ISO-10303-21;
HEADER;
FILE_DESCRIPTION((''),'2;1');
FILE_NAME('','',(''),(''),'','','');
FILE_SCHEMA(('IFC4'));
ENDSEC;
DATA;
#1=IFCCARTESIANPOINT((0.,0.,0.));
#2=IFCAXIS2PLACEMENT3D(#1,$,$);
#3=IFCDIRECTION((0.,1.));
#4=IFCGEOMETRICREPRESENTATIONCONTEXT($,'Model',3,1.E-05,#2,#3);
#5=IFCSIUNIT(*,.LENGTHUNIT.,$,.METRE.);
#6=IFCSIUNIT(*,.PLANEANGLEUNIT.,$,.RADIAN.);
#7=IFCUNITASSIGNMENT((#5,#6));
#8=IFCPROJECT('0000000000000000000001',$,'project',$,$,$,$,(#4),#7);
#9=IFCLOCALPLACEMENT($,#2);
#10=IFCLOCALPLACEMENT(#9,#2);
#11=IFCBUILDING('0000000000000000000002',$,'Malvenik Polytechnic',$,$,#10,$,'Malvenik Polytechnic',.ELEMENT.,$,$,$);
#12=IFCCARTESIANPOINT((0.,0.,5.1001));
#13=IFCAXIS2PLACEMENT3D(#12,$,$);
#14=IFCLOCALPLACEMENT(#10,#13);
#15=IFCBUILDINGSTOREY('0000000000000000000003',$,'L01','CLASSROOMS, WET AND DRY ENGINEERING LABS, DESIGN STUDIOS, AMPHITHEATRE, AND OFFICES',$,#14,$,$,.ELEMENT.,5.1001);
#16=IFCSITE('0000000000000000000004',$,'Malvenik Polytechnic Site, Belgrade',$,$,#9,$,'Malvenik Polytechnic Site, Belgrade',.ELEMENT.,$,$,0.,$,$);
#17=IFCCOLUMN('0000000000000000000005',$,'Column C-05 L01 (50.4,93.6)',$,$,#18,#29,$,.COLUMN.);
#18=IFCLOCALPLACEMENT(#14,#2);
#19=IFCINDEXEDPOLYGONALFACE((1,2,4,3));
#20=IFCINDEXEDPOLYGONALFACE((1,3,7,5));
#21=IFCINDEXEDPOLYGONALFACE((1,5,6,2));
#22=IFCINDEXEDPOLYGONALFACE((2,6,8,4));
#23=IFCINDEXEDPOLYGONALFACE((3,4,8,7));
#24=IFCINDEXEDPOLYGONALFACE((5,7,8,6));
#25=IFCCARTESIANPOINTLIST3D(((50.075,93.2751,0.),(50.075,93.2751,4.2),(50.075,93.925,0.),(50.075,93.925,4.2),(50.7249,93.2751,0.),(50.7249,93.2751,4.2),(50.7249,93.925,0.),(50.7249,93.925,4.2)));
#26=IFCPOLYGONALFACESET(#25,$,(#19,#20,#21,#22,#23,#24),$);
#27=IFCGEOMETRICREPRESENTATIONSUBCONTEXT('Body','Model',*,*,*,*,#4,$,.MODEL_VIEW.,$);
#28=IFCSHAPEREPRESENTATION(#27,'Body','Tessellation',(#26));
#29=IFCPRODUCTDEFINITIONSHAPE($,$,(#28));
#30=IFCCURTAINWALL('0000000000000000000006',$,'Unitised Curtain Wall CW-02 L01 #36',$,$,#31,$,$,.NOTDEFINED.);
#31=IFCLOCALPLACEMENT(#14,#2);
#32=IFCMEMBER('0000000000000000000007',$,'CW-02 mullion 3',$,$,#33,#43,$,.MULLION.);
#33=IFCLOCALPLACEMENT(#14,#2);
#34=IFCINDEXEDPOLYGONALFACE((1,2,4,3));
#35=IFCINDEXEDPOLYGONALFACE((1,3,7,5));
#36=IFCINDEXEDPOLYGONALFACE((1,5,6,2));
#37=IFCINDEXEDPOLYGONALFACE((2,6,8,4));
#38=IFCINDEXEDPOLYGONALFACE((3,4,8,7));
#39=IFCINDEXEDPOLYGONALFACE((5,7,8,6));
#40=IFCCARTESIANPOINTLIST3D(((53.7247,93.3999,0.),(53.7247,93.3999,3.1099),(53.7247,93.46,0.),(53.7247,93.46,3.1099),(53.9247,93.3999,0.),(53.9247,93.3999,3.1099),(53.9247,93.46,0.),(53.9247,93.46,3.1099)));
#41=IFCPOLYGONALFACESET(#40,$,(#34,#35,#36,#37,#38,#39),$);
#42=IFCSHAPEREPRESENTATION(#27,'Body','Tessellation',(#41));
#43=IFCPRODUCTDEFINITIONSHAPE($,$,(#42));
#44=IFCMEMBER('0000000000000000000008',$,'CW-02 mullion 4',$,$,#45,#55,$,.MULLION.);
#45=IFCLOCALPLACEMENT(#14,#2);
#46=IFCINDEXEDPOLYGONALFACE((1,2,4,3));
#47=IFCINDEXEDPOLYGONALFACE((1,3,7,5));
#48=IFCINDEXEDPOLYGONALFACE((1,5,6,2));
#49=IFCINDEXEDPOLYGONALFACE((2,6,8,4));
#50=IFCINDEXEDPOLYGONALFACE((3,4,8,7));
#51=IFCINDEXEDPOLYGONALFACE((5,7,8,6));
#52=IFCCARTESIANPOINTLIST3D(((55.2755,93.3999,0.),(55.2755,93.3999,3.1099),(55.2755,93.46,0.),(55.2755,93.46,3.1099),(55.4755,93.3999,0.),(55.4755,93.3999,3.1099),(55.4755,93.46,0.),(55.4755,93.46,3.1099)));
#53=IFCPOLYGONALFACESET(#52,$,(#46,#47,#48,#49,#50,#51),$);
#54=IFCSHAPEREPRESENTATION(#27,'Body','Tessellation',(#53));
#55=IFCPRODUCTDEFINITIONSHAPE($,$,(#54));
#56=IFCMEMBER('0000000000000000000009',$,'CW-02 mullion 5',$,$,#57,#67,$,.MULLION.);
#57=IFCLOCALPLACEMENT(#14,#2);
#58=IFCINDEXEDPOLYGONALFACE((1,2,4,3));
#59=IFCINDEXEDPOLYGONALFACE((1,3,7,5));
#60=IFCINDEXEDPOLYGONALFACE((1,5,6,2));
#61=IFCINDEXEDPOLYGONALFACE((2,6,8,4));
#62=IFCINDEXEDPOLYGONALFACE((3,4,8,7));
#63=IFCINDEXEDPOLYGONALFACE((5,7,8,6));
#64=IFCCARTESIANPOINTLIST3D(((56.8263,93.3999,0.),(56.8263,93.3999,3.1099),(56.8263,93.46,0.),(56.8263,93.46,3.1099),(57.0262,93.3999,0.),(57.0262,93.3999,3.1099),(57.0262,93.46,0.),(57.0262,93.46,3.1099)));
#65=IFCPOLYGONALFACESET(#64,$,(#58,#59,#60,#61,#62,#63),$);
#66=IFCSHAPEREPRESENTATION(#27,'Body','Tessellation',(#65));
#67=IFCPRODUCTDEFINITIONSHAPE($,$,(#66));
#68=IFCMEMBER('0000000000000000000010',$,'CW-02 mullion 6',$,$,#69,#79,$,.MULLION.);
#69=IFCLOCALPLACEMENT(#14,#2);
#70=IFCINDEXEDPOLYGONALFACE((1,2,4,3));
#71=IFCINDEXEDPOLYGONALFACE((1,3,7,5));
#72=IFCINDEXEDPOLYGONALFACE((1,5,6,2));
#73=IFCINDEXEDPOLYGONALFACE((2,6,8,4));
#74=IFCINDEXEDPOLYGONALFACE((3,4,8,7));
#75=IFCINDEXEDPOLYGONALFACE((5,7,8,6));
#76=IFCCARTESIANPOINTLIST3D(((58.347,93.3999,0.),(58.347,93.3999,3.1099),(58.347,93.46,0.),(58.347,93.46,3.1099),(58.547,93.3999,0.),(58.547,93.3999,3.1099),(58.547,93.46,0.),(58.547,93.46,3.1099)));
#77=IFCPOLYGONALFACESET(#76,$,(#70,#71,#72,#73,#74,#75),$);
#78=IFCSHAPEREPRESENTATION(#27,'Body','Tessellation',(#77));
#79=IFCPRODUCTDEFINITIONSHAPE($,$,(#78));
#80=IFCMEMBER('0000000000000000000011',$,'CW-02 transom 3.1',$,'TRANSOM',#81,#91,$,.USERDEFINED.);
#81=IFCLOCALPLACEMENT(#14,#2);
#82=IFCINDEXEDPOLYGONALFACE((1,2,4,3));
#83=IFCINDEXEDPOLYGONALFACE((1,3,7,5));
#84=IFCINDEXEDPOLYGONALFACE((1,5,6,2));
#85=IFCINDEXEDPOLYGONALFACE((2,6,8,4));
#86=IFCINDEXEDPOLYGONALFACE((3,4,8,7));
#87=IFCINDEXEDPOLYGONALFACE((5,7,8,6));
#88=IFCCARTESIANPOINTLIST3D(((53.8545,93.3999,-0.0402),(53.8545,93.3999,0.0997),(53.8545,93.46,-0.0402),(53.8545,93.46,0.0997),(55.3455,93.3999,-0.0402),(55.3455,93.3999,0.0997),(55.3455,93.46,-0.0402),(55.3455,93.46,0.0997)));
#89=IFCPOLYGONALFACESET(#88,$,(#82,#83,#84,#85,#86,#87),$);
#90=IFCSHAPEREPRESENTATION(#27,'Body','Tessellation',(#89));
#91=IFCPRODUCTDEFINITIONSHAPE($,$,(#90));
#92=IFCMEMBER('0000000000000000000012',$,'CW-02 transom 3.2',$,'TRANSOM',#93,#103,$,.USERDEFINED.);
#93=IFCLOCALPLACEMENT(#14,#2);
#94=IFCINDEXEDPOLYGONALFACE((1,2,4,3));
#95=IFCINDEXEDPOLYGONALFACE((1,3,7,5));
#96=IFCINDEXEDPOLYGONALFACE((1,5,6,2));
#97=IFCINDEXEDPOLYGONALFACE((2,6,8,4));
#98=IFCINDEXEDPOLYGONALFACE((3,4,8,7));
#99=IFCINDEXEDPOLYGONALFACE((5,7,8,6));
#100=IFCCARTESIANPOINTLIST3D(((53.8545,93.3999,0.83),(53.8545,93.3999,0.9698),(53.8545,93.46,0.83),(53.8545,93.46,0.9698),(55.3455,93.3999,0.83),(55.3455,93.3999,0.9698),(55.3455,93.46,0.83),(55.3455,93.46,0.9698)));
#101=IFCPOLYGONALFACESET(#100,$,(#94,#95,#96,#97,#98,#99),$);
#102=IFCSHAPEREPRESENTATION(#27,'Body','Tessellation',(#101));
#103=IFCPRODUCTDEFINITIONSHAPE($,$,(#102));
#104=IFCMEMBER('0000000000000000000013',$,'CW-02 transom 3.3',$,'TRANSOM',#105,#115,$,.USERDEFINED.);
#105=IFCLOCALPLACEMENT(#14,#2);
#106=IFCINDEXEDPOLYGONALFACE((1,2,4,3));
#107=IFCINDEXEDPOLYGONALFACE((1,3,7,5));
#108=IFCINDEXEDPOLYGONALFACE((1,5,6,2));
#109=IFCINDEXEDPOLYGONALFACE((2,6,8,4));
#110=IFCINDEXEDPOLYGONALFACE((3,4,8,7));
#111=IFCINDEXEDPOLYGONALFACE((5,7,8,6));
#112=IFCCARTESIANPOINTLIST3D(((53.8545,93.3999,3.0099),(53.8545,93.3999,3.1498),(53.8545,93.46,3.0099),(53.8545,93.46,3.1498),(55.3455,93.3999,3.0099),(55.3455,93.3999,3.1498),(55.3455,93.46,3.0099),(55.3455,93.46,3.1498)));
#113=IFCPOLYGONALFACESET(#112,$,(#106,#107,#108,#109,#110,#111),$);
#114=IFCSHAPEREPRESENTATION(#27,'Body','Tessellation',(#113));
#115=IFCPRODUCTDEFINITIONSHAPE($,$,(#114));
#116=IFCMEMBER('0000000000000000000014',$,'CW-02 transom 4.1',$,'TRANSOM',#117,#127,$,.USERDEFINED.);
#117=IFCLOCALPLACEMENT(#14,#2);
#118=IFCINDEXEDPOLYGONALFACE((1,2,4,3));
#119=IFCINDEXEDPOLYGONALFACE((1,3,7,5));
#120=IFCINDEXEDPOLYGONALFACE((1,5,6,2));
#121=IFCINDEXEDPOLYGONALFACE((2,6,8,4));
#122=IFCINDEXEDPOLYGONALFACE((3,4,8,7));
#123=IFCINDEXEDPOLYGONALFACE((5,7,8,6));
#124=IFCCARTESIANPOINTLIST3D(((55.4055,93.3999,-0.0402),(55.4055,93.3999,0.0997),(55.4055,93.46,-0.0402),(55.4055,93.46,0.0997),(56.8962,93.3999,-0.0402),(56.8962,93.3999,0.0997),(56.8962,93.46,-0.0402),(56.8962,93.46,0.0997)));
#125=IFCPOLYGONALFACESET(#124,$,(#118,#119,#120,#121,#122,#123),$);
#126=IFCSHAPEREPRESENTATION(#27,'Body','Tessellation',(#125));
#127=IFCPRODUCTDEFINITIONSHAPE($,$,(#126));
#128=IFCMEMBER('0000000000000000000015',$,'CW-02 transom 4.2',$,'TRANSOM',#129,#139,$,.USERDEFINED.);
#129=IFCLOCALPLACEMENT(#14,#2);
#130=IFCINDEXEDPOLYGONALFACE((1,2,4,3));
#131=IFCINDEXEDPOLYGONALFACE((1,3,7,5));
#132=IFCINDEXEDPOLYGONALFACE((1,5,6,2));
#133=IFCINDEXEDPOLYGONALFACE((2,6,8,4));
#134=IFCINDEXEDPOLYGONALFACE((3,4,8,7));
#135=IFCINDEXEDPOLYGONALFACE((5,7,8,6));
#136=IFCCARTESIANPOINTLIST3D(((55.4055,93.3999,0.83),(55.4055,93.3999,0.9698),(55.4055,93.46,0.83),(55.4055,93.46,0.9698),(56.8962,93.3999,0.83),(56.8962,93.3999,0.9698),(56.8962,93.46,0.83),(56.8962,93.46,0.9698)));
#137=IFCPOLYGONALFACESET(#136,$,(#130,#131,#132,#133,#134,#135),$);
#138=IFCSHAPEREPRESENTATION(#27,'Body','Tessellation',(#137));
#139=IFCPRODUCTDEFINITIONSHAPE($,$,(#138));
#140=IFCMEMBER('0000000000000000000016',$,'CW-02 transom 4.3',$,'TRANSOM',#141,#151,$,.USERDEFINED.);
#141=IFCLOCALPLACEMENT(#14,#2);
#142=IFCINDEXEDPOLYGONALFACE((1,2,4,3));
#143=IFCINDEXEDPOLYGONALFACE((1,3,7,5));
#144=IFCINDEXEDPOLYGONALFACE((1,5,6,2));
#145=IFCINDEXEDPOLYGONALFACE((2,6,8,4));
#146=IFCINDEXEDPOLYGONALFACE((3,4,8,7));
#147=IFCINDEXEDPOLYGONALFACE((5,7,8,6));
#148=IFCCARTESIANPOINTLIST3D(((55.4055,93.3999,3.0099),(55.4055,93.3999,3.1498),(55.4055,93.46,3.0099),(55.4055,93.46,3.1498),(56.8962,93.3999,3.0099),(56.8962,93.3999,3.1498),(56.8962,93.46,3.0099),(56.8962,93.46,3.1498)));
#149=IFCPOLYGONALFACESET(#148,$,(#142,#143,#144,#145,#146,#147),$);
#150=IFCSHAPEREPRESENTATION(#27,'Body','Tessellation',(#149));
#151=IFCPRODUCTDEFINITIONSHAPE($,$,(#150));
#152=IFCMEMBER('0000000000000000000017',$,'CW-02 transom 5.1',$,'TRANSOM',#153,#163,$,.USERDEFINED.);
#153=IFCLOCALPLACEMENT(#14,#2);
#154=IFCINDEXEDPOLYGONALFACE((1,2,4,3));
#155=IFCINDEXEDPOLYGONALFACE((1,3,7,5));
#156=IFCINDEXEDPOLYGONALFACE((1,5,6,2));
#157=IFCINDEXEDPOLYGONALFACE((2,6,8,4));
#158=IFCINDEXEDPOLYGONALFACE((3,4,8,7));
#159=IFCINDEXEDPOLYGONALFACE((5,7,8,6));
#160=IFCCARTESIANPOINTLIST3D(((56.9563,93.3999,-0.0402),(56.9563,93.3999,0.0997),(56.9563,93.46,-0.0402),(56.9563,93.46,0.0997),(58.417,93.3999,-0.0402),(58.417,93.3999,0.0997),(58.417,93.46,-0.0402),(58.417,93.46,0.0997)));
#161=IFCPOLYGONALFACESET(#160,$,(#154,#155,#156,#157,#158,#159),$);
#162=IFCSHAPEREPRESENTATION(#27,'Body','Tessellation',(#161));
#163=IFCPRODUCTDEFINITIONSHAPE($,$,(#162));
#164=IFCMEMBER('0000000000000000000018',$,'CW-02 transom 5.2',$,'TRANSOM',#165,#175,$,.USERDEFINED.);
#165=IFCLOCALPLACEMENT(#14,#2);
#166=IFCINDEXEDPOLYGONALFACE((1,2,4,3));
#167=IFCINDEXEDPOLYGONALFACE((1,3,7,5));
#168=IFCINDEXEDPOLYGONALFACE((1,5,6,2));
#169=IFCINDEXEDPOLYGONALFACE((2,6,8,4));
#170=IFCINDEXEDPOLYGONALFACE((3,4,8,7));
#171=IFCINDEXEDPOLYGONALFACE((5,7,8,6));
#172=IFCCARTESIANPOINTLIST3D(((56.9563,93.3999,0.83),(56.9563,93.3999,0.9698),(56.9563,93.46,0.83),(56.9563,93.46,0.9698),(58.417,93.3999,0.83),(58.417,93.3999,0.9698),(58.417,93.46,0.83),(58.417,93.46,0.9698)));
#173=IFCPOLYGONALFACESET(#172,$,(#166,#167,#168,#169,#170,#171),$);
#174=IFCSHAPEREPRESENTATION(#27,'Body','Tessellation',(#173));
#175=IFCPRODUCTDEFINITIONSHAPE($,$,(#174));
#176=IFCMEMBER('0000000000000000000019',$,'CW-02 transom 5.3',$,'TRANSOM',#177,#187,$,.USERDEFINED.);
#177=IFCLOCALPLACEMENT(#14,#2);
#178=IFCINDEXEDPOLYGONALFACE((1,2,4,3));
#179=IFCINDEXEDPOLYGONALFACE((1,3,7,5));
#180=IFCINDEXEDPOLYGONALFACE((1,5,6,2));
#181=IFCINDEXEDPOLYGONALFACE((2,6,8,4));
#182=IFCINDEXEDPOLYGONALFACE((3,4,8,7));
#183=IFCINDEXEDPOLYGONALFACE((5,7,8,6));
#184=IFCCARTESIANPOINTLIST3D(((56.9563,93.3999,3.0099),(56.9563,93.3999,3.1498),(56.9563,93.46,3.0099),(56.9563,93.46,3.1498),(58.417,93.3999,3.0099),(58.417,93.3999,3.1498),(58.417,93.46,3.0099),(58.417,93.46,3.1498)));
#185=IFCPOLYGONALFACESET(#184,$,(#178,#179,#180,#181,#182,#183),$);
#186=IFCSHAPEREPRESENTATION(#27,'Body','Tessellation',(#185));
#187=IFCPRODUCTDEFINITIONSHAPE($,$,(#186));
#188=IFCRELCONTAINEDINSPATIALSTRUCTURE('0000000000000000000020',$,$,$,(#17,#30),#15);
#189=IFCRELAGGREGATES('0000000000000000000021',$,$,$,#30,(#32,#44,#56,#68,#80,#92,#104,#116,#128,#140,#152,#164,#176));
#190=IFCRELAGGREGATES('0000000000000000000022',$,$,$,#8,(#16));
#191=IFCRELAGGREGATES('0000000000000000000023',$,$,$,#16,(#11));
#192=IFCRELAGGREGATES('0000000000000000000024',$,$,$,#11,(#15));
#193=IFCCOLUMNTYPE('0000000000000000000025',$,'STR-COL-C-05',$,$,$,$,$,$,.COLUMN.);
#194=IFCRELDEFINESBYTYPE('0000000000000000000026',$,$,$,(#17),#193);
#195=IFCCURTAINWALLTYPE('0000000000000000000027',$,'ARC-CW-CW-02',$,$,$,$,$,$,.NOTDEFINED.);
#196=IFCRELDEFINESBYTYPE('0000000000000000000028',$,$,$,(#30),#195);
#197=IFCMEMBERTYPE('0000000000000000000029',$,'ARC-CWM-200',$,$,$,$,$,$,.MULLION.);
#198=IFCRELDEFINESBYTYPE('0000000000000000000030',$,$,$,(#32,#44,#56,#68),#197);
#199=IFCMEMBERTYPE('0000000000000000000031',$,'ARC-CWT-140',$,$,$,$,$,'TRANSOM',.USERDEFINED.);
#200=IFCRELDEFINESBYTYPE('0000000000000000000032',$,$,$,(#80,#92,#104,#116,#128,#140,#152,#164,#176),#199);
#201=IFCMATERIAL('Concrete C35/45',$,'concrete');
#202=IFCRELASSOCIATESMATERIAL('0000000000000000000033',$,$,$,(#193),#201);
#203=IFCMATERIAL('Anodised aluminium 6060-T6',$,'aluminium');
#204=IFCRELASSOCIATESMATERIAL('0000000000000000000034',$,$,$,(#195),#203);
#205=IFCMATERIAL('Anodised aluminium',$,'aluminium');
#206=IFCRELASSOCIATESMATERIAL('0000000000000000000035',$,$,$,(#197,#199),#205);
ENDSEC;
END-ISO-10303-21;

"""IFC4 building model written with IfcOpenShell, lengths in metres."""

from ifc_helpers import new_model, si_unit, direction, frame, origin, origin_2d, place, context, subcontext, project, spatial, rectangle, extrude, material, material_profile, profile_set, type_object, element, aggregate, save


model = new_model("IFC4")

# Units and contexts
model_context = context("Model", 3, precision=1e-05, world=origin(), true_north=direction((0.0, 1.0)))
body_context = subcontext(model_context, "Body", "Model", "MODEL_VIEW")
ifc_project = project(units=[si_unit("LENGTHUNIT", "METRE"), si_unit("PLANEANGLEUNIT", "RADIAN")], contexts=[model_context])

# Site, building, storey
site_placement = place(None, origin())
site = spatial("IfcSite", under=ifc_project, at=site_placement, Name="Malvenik Polytechnic Site, Belgrade", LongName="Malvenik Polytechnic Site, Belgrade", CompositionType="ELEMENT", RefElevation=0.0)
building_placement = place(site_placement, origin())
building = spatial("IfcBuilding", under=site, at=building_placement, Name="Malvenik Polytechnic", LongName="Malvenik Polytechnic", CompositionType="ELEMENT")
storey_placement = place(building_placement, frame((0.0, 0.0, 5.1001)))
storey = spatial("IfcBuildingStorey", under=building, at=storey_placement, Name="L01", Description="CLASSROOMS, WET AND DRY ENGINEERING LABS, DESIGN STUDIOS, AMPHITHEATRE, AND OFFICES", CompositionType="ELEMENT", Elevation=5.1001)

# Column
ifc_material_1 = material(Name="Concrete C35/45", Category="concrete")
ifc_material_profile_1 = material_profile(ifc_material_1, rectangle(XDim=0.6499, YDim=0.6499, at=origin_2d()), Name="RC COL 650x650")
ifc_profile_set_1 = profile_set([ifc_material_profile_1], Name="Concrete C35/45")
column_type = type_object("IfcColumnType", Name="STR-COL-C-05", PredefinedType="COLUMN", material=ifc_profile_set_1)
column_placement = place(storey_placement, frame((50.3999, 93.6001, 0.0), z_axis=(0.0, 0.0, 1.0), x_axis=(1.0, 0.0, 0.0)))
element("IfcColumn", 1, at=column_placement, inside=storey, type_object=column_type, Name="Column C-05 L01 (50.4,93.6)", PredefinedType="COLUMN", context=body_context, shape_type="SweptSolid", body=[
    extrude(rectangle(XDim=0.6499, YDim=0.6499, at=origin_2d()), origin(), (0.0, 0.0, 1.0), 4.2),
])

# Curtain wall, members
ifc_material_2 = material(Name="Anodised aluminium 6060-T6", Category="aluminium")
curtain_wall_type = type_object("IfcCurtainWallType", Name="ARC-CW-CW-02", PredefinedType="NOTDEFINED", material=ifc_material_2)
curtain_wall_placement = place(storey_placement, origin())
curtain_wall = element("IfcCurtainWall", 2, at=curtain_wall_placement, inside=storey, type_object=curtain_wall_type, Name="Unitised Curtain Wall CW-02 L01 #36", PredefinedType="NOTDEFINED")
ifc_material_3 = material(Name="Anodised aluminium", Category="aluminium")
ifc_material_profile_2 = material_profile(ifc_material_3, rectangle(XDim=0.0601, YDim=0.2, at=origin_2d()), Name="ALU MULLION 60x200")
ifc_profile_set_2 = profile_set([ifc_material_profile_2], Name="Anodised aluminium")
member_type_1 = type_object("IfcMemberType", Name="ARC-CWM-200", PredefinedType="MULLION", material=ifc_profile_set_2)
member_1_placement = place(storey_placement, frame((53.8247, 93.4299, 0.0), z_axis=(0.0, 0.0, 1.0), x_axis=(0.0, 1.0, 0.0)))
member_1 = element("IfcMember", 3, at=member_1_placement, type_object=member_type_1, Name="CW-02 mullion 3", PredefinedType="MULLION", context=body_context, shape_type="SweptSolid", body=[
    extrude(rectangle(XDim=0.0601, YDim=0.2, at=origin_2d()), origin(), (0.0, 0.0, 1.0), 3.1099),
])
member_2_placement = place(storey_placement, frame((55.3755, 93.4299, 0.0), z_axis=(0.0, 0.0, 1.0), x_axis=(0.0, 1.0, 0.0)))
member_2 = element("IfcMember", 4, at=member_2_placement, type_object=member_type_1, Name="CW-02 mullion 4", PredefinedType="MULLION", context=body_context, shape_type="SweptSolid", body=[
    extrude(rectangle(XDim=0.0601, YDim=0.2, at=origin_2d()), origin(), (0.0, 0.0, 1.0), 3.1099),
])
member_3_placement = place(storey_placement, frame((56.9263, 93.4299, 0.0), z_axis=(0.0, 0.0, 1.0), x_axis=(0.0, 1.0, 0.0)))
member_3 = element("IfcMember", 5, at=member_3_placement, type_object=member_type_1, Name="CW-02 mullion 5", PredefinedType="MULLION", context=body_context, shape_type="SweptSolid", body=[
    extrude(rectangle(XDim=0.0601, YDim=0.2, at=origin_2d()), origin(), (0.0, 0.0, 1.0), 3.1099),
])
member_4_placement = place(storey_placement, frame((58.447, 93.4299, 0.0), z_axis=(0.0, 0.0, 1.0), x_axis=(0.0, 1.0, 0.0)))
member_4 = element("IfcMember", 6, at=member_4_placement, type_object=member_type_1, Name="CW-02 mullion 6", PredefinedType="MULLION", context=body_context, shape_type="SweptSolid", body=[
    extrude(rectangle(XDim=0.0601, YDim=0.2, at=origin_2d()), origin(), (0.0, 0.0, 1.0), 3.1099),
])
ifc_material_profile_3 = material_profile(ifc_material_3, rectangle(XDim=0.0601, YDim=0.1399, at=origin_2d()), Name="ALU TRANSOM 60x140")
ifc_profile_set_3 = profile_set([ifc_material_profile_3], Name="Anodised aluminium")
member_type_2 = type_object("IfcMemberType", Name="ARC-CWT-140", ElementType="TRANSOM", PredefinedType="USERDEFINED", material=ifc_profile_set_3)
member_5_placement = place(storey_placement, frame((53.8545, 93.4299, 0.0298), z_axis=(1.0, 0.0, 0.0), x_axis=(0.0, 1.0, 0.0)))
member_5 = element("IfcMember", 7, at=member_5_placement, type_object=member_type_2, Name="CW-02 transom 3.1", ObjectType="TRANSOM", PredefinedType="USERDEFINED", context=body_context, shape_type="SweptSolid", body=[
    extrude(rectangle(XDim=0.0601, YDim=0.1399, at=origin_2d()), origin(), (0.0, 0.0, 1.0), 1.491),
])
member_6_placement = place(storey_placement, frame((53.8545, 93.4299, 0.8999), z_axis=(1.0, 0.0, 0.0), x_axis=(0.0, 1.0, 0.0)))
member_6 = element("IfcMember", 8, at=member_6_placement, type_object=member_type_2, Name="CW-02 transom 3.2", ObjectType="TRANSOM", PredefinedType="USERDEFINED", context=body_context, shape_type="SweptSolid", body=[
    extrude(rectangle(XDim=0.0601, YDim=0.1399, at=origin_2d()), origin(), (0.0, 0.0, 1.0), 1.491),
])
member_7_placement = place(storey_placement, frame((53.8545, 93.4299, 3.0798), z_axis=(1.0, 0.0, 0.0), x_axis=(0.0, 1.0, 0.0)))
member_7 = element("IfcMember", 9, at=member_7_placement, type_object=member_type_2, Name="CW-02 transom 3.3", ObjectType="TRANSOM", PredefinedType="USERDEFINED", context=body_context, shape_type="SweptSolid", body=[
    extrude(rectangle(XDim=0.0601, YDim=0.1399, at=origin_2d()), origin(), (0.0, 0.0, 1.0), 1.491),
])
member_8_placement = place(storey_placement, frame((55.4055, 93.4299, 0.0298), z_axis=(1.0, 0.0, 0.0), x_axis=(0.0, 1.0, 0.0)))
member_8 = element("IfcMember", 10, at=member_8_placement, type_object=member_type_2, Name="CW-02 transom 4.1", ObjectType="TRANSOM", PredefinedType="USERDEFINED", context=body_context, shape_type="SweptSolid", body=[
    extrude(rectangle(XDim=0.0601, YDim=0.1399, at=origin_2d()), origin(), (0.0, 0.0, 1.0), 1.4907),
])
member_9_placement = place(storey_placement, frame((55.4055, 93.4299, 0.8999), z_axis=(1.0, 0.0, 0.0), x_axis=(0.0, 1.0, 0.0)))
member_9 = element("IfcMember", 11, at=member_9_placement, type_object=member_type_2, Name="CW-02 transom 4.2", ObjectType="TRANSOM", PredefinedType="USERDEFINED", context=body_context, shape_type="SweptSolid", body=[
    extrude(rectangle(XDim=0.0601, YDim=0.1399, at=origin_2d()), origin(), (0.0, 0.0, 1.0), 1.4907),
])
member_10_placement = place(storey_placement, frame((55.4055, 93.4299, 3.0798), z_axis=(1.0, 0.0, 0.0), x_axis=(0.0, 1.0, 0.0)))
member_10 = element("IfcMember", 12, at=member_10_placement, type_object=member_type_2, Name="CW-02 transom 4.3", ObjectType="TRANSOM", PredefinedType="USERDEFINED", context=body_context, shape_type="SweptSolid", body=[
    extrude(rectangle(XDim=0.0601, YDim=0.1399, at=origin_2d()), origin(), (0.0, 0.0, 1.0), 1.4907),
])
member_11_placement = place(storey_placement, frame((56.9563, 93.4299, 0.0298), z_axis=(1.0, 0.0, 0.0), x_axis=(0.0, 1.0, 0.0)))
member_11 = element("IfcMember", 13, at=member_11_placement, type_object=member_type_2, Name="CW-02 transom 5.1", ObjectType="TRANSOM", PredefinedType="USERDEFINED", context=body_context, shape_type="SweptSolid", body=[
    extrude(rectangle(XDim=0.0601, YDim=0.1399, at=origin_2d()), origin(), (0.0, 0.0, 1.0), 1.4607),
])
member_12_placement = place(storey_placement, frame((56.9563, 93.4299, 0.8999), z_axis=(1.0, 0.0, 0.0), x_axis=(0.0, 1.0, 0.0)))
member_12 = element("IfcMember", 14, at=member_12_placement, type_object=member_type_2, Name="CW-02 transom 5.2", ObjectType="TRANSOM", PredefinedType="USERDEFINED", context=body_context, shape_type="SweptSolid", body=[
    extrude(rectangle(XDim=0.0601, YDim=0.1399, at=origin_2d()), origin(), (0.0, 0.0, 1.0), 1.4607),
])
member_13_placement = place(storey_placement, frame((56.9563, 93.4299, 3.0798), z_axis=(1.0, 0.0, 0.0), x_axis=(0.0, 1.0, 0.0)))
member_13 = element("IfcMember", 15, at=member_13_placement, type_object=member_type_2, Name="CW-02 transom 5.3", ObjectType="TRANSOM", PredefinedType="USERDEFINED", context=body_context, shape_type="SweptSolid", body=[
    extrude(rectangle(XDim=0.0601, YDim=0.1399, at=origin_2d()), origin(), (0.0, 0.0, 1.0), 1.4607),
])

aggregate(curtain_wall, [member_1, member_2, member_3, member_4, member_5, member_6, member_7, member_8, member_9, member_10, member_11, member_12, member_13])

save(model, "model.ifc")
